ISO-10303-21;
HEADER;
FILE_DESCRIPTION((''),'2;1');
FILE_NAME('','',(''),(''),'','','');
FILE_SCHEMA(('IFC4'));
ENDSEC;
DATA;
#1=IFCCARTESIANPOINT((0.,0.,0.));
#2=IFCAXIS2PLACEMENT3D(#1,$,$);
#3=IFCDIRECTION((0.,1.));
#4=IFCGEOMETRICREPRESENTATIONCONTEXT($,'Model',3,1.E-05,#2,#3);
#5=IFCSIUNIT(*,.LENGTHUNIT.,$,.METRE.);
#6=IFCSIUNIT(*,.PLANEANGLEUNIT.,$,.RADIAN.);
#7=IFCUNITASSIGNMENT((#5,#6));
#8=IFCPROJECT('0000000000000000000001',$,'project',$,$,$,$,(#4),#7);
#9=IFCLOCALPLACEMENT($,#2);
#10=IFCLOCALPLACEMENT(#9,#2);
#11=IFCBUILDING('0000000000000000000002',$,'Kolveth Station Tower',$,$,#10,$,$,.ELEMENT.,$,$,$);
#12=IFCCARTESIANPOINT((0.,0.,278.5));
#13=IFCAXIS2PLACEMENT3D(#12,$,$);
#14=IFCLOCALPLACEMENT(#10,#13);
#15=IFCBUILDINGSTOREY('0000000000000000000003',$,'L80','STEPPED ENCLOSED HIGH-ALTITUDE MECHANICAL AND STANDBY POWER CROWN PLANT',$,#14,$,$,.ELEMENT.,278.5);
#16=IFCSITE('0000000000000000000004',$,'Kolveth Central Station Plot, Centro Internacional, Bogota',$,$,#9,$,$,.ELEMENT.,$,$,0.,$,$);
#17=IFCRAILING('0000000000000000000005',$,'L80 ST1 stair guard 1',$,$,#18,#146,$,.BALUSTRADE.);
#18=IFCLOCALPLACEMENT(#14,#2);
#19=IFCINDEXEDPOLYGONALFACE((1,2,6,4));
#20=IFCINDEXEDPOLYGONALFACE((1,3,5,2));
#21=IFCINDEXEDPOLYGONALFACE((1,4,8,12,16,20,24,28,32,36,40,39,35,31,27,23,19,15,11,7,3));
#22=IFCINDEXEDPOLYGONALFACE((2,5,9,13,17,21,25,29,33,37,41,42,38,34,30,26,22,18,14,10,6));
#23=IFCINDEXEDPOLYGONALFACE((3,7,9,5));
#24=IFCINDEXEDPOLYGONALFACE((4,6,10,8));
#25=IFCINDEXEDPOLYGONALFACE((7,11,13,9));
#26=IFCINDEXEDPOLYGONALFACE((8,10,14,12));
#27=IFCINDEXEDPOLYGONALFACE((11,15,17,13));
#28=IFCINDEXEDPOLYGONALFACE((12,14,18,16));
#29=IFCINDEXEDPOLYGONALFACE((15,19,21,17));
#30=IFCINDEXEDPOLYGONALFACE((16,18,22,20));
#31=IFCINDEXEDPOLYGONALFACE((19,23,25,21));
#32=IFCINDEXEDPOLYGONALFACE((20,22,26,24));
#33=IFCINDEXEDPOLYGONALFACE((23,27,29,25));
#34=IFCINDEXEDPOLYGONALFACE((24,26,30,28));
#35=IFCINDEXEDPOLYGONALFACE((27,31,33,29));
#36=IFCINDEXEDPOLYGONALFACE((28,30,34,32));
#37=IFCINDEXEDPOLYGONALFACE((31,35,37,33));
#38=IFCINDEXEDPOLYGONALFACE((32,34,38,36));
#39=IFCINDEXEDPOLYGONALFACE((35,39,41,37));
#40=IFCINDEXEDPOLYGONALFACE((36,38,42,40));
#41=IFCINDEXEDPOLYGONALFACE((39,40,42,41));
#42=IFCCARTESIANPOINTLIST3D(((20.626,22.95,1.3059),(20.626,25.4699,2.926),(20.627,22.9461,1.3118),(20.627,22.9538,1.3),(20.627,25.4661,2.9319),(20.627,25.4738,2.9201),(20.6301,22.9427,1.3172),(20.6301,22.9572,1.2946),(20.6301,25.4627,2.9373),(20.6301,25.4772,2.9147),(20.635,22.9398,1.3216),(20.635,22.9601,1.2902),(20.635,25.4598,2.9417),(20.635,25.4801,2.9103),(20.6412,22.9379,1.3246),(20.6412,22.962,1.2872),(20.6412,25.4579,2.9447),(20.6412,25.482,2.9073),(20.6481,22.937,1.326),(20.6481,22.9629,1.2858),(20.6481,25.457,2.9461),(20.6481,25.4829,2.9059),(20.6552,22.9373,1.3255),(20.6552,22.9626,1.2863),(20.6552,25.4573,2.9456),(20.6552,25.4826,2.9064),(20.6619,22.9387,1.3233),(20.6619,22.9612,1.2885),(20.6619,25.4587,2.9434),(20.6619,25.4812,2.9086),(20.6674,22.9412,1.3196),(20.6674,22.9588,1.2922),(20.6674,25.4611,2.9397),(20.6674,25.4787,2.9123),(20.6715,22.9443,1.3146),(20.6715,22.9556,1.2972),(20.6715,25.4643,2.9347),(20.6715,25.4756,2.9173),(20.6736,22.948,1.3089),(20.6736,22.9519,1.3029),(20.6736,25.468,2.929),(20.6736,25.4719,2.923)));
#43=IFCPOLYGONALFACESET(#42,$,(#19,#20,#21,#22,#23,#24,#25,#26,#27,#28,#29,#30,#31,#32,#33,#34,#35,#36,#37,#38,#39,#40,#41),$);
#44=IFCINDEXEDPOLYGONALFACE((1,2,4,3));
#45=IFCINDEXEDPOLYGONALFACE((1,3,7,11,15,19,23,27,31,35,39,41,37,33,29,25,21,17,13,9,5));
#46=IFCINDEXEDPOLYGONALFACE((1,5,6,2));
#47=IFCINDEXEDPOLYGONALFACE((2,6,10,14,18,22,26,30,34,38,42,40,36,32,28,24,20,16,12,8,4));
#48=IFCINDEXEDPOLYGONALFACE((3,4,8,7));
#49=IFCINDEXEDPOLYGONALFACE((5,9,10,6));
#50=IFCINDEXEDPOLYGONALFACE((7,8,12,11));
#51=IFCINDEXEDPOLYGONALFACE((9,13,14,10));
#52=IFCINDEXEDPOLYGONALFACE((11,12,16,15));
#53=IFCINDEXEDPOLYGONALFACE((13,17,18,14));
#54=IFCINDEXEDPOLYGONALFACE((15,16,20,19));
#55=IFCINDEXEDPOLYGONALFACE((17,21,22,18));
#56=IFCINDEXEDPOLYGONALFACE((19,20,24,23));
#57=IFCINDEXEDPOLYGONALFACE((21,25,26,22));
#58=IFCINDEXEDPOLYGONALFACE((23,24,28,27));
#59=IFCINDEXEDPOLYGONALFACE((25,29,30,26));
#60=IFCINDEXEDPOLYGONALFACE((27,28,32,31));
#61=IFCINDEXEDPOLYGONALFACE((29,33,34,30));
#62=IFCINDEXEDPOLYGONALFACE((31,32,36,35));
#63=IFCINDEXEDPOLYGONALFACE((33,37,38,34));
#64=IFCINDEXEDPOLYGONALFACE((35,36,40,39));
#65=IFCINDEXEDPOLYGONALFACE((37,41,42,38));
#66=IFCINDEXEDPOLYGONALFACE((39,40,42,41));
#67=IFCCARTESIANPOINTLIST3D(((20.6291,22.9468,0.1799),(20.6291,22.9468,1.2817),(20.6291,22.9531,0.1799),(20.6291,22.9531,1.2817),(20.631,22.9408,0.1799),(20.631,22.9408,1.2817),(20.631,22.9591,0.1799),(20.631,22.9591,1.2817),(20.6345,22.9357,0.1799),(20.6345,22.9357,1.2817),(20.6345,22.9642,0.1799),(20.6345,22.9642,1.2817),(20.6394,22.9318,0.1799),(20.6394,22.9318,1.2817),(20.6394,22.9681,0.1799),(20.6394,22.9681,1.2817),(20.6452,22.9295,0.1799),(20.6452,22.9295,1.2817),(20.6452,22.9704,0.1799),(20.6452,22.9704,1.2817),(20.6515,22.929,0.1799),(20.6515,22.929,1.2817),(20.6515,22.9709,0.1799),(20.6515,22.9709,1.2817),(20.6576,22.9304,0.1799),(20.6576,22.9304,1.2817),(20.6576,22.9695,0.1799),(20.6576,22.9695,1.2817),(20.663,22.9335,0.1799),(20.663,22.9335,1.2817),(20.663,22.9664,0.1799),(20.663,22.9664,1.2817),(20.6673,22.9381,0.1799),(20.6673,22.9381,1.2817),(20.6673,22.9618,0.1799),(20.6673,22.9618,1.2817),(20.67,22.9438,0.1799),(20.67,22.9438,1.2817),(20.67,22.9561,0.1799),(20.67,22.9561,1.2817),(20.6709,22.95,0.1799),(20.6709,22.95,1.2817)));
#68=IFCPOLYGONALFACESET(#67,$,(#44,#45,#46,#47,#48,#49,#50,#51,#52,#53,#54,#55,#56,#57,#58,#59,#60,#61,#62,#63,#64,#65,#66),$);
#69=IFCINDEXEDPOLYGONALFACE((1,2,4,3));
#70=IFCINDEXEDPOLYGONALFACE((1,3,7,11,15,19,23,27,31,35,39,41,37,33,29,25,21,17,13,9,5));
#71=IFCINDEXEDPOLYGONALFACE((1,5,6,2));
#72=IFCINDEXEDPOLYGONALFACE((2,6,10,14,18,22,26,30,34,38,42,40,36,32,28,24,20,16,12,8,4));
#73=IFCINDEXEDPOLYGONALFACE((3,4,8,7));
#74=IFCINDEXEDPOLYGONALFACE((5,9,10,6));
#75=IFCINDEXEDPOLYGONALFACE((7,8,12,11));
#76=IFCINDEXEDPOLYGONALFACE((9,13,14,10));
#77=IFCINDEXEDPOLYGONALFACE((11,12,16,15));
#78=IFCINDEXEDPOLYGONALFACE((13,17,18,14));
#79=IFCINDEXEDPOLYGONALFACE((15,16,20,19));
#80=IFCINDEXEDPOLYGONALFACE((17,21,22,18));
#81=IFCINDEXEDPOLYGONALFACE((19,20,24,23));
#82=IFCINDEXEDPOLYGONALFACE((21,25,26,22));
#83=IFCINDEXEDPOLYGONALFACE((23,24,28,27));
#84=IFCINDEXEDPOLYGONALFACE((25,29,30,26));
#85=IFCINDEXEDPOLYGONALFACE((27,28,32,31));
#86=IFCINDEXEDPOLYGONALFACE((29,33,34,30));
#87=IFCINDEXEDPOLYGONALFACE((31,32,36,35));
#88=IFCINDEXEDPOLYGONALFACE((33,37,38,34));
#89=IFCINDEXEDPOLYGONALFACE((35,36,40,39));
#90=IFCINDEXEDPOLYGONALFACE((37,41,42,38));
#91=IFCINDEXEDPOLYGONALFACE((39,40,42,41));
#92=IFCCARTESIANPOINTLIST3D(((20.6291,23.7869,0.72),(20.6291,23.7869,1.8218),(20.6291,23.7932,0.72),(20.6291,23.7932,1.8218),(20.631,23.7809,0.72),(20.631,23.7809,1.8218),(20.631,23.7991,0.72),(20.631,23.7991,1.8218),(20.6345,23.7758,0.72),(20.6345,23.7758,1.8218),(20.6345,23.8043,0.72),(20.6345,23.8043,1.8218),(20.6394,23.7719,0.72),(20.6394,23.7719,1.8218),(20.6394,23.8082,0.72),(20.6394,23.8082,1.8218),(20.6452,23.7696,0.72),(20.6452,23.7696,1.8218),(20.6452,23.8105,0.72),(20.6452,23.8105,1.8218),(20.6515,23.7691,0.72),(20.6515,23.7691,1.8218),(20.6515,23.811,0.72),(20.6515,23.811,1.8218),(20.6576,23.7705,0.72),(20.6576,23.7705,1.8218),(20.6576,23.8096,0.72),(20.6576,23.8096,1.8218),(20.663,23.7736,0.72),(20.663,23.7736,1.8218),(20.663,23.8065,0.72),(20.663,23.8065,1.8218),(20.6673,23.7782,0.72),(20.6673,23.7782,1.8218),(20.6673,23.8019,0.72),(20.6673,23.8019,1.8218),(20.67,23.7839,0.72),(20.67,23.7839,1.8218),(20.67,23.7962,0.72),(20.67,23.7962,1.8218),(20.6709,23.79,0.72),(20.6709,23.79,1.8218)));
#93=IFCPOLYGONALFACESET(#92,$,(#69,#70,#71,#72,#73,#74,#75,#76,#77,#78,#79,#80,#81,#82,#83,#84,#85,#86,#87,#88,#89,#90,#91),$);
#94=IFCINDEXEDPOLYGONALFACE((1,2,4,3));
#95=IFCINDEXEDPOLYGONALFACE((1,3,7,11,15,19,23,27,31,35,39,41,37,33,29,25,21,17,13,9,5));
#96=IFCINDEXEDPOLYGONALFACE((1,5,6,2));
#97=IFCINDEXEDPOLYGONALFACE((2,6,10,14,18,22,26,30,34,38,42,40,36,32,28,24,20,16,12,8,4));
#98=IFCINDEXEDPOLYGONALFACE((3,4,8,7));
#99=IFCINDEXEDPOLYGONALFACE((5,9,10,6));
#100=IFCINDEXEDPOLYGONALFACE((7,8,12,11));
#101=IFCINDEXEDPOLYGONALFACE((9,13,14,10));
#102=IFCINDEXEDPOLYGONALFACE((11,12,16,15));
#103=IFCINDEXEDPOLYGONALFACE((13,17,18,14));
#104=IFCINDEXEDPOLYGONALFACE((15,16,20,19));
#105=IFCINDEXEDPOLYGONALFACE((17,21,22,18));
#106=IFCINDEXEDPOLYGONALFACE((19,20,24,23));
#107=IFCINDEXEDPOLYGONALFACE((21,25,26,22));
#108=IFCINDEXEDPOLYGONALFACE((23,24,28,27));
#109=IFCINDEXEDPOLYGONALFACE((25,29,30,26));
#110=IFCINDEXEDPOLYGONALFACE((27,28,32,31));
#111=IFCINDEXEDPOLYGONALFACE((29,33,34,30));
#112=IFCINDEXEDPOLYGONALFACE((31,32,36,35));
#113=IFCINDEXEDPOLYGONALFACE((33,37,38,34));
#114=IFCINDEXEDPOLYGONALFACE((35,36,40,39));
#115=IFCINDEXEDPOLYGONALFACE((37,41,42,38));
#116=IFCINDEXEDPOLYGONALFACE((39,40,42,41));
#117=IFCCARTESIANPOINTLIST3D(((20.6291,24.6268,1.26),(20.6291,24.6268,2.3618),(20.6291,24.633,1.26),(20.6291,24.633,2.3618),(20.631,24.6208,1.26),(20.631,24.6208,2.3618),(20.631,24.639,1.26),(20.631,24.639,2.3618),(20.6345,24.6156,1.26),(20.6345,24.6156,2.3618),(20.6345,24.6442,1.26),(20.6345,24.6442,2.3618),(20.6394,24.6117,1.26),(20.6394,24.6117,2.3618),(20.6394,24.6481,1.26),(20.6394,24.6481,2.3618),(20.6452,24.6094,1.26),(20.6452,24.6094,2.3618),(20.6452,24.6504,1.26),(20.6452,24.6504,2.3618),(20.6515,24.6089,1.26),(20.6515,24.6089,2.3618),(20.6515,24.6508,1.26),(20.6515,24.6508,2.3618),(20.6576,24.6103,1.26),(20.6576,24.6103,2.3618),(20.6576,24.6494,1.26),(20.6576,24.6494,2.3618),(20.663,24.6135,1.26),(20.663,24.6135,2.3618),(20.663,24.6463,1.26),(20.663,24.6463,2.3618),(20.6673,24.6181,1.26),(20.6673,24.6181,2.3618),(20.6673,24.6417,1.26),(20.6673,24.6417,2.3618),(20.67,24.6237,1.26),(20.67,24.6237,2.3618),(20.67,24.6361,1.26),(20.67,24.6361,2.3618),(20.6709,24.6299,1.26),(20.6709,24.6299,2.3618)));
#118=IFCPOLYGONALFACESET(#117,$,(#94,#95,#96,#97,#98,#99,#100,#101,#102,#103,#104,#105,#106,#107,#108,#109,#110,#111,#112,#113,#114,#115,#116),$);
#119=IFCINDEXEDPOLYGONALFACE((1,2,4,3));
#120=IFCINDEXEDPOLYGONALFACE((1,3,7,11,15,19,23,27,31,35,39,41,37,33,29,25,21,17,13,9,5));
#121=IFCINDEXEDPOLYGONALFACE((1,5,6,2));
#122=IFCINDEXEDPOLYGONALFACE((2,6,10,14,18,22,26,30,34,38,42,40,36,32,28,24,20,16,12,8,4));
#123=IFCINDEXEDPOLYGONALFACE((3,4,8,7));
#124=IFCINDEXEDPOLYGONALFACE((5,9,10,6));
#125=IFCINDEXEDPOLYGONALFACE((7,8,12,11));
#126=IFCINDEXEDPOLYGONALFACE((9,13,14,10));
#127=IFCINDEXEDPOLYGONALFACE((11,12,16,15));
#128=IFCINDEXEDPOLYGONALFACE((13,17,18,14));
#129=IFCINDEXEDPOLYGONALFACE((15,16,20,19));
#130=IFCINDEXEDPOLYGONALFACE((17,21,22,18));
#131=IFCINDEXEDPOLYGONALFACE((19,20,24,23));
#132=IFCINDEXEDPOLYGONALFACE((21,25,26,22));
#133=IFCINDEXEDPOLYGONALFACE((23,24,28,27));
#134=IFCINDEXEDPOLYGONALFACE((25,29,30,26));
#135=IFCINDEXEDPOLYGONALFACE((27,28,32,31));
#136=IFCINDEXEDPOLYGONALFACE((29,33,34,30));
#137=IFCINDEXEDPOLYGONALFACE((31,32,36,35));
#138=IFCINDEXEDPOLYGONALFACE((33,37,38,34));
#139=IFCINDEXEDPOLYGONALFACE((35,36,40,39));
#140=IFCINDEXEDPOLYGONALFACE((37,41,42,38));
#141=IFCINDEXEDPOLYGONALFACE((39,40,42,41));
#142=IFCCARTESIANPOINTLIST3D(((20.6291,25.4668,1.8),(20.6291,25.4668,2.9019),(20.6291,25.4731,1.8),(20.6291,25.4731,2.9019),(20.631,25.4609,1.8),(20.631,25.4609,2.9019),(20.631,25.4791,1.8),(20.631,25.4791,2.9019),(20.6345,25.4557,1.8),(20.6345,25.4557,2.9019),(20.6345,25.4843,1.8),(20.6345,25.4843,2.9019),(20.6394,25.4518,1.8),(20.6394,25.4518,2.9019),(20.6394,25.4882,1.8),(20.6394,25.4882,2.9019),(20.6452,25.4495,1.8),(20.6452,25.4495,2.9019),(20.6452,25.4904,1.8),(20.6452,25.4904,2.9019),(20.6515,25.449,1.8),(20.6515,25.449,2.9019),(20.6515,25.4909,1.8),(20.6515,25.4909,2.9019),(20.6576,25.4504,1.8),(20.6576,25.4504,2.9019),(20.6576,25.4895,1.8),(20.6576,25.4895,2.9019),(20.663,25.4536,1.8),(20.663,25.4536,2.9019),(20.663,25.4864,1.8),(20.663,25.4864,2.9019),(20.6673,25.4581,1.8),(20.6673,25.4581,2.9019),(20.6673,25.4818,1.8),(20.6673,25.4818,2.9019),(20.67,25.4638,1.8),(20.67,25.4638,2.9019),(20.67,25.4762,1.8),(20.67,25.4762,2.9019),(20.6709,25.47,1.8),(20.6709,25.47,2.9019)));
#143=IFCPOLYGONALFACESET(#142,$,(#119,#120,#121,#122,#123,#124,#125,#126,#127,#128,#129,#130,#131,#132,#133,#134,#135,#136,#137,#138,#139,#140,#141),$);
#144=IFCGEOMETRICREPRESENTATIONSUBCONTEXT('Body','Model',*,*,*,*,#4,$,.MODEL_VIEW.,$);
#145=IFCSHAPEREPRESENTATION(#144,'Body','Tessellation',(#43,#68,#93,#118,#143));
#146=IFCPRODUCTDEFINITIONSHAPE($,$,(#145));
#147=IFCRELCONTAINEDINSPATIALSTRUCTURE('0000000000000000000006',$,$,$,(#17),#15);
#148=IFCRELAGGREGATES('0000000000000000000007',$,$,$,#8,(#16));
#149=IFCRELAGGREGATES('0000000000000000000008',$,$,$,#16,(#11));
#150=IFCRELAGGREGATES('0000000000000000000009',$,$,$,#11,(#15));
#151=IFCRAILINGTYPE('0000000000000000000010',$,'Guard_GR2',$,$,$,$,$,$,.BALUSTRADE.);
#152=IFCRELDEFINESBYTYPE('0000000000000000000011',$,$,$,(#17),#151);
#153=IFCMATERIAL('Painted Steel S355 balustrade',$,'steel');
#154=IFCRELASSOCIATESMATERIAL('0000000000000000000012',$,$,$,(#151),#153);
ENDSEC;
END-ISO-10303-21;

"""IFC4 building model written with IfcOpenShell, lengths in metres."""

from ifc_helpers import new_model, si_unit, direction, frame, origin, origin_2d, place, context, subcontext, project, spatial, circle, extrude, material, type_object, element, save


model = new_model("IFC4")

# Units and contexts
model_context = context("Model", 3, precision=1e-05, world=origin(), true_north=direction((0.0, 1.0)))
body_context = subcontext(model_context, "Body", "Model", "MODEL_VIEW")
ifc_project = project(units=[si_unit("LENGTHUNIT", "METRE"), si_unit("PLANEANGLEUNIT", "RADIAN")], contexts=[model_context])

# Site, building, storey
site_placement = place(None, origin())
site = spatial("IfcSite", under=ifc_project, at=site_placement, Name="Kolveth Central Station Plot, Centro Internacional, Bogota", CompositionType="ELEMENT", RefElevation=0.0)
building_placement = place(site_placement, origin())
building = spatial("IfcBuilding", under=site, at=building_placement, Name="Kolveth Station Tower", CompositionType="ELEMENT")
storey_placement = place(building_placement, frame((0.0, 0.0, 278.5)))
storey = spatial("IfcBuildingStorey", under=building, at=storey_placement, Name="L80", Description="STEPPED ENCLOSED HIGH-ALTITUDE MECHANICAL AND STANDBY POWER CROWN PLANT", CompositionType="ELEMENT", Elevation=278.5)

# Railing
ifc_material_1 = material(Name="Painted Steel S355 balustrade", Category="steel")
railing_type_1 = type_object("IfcRailingType", Name="Guard_GR2", PredefinedType="BALUSTRADE", material=ifc_material_1)
railing_1_placement = place(storey_placement, frame((20.6499, 22.95, 0.1799)))
element("IfcRailing", 1, at=railing_1_placement, inside=storey, type_object=railing_type_1, Name="L80 ST1 stair guard 1", PredefinedType="BALUSTRADE", context=body_context, shape_type="SweptSolid", body=[
    extrude(circle(Radius=0.0239, at=origin_2d()), frame((0.0, 0.0, 1.126), z_axis=(0.0, 0.841163, 0.540782), x_axis=(-1.0, 0.0, 0.0)), (0.0, 0.0, 1.0), 2.9958),
    extrude(circle(Radius=0.021, at=origin_2d()), origin(), (0.0, 0.0, 1.0), 1.1018),
    extrude(circle(Radius=0.021, at=origin_2d()), frame((0.0, 0.8401, 0.54)), (0.0, 0.0, 1.0), 1.1018),
    extrude(circle(Radius=0.021, at=origin_2d()), frame((0.0, 1.6799, 1.0801)), (0.0, 0.0, 1.0), 1.1018),
    extrude(circle(Radius=0.021, at=origin_2d()), frame((0.0, 2.52, 1.6201)), (0.0, 0.0, 1.0), 1.1018),
])

save(model, "model.ifc")
